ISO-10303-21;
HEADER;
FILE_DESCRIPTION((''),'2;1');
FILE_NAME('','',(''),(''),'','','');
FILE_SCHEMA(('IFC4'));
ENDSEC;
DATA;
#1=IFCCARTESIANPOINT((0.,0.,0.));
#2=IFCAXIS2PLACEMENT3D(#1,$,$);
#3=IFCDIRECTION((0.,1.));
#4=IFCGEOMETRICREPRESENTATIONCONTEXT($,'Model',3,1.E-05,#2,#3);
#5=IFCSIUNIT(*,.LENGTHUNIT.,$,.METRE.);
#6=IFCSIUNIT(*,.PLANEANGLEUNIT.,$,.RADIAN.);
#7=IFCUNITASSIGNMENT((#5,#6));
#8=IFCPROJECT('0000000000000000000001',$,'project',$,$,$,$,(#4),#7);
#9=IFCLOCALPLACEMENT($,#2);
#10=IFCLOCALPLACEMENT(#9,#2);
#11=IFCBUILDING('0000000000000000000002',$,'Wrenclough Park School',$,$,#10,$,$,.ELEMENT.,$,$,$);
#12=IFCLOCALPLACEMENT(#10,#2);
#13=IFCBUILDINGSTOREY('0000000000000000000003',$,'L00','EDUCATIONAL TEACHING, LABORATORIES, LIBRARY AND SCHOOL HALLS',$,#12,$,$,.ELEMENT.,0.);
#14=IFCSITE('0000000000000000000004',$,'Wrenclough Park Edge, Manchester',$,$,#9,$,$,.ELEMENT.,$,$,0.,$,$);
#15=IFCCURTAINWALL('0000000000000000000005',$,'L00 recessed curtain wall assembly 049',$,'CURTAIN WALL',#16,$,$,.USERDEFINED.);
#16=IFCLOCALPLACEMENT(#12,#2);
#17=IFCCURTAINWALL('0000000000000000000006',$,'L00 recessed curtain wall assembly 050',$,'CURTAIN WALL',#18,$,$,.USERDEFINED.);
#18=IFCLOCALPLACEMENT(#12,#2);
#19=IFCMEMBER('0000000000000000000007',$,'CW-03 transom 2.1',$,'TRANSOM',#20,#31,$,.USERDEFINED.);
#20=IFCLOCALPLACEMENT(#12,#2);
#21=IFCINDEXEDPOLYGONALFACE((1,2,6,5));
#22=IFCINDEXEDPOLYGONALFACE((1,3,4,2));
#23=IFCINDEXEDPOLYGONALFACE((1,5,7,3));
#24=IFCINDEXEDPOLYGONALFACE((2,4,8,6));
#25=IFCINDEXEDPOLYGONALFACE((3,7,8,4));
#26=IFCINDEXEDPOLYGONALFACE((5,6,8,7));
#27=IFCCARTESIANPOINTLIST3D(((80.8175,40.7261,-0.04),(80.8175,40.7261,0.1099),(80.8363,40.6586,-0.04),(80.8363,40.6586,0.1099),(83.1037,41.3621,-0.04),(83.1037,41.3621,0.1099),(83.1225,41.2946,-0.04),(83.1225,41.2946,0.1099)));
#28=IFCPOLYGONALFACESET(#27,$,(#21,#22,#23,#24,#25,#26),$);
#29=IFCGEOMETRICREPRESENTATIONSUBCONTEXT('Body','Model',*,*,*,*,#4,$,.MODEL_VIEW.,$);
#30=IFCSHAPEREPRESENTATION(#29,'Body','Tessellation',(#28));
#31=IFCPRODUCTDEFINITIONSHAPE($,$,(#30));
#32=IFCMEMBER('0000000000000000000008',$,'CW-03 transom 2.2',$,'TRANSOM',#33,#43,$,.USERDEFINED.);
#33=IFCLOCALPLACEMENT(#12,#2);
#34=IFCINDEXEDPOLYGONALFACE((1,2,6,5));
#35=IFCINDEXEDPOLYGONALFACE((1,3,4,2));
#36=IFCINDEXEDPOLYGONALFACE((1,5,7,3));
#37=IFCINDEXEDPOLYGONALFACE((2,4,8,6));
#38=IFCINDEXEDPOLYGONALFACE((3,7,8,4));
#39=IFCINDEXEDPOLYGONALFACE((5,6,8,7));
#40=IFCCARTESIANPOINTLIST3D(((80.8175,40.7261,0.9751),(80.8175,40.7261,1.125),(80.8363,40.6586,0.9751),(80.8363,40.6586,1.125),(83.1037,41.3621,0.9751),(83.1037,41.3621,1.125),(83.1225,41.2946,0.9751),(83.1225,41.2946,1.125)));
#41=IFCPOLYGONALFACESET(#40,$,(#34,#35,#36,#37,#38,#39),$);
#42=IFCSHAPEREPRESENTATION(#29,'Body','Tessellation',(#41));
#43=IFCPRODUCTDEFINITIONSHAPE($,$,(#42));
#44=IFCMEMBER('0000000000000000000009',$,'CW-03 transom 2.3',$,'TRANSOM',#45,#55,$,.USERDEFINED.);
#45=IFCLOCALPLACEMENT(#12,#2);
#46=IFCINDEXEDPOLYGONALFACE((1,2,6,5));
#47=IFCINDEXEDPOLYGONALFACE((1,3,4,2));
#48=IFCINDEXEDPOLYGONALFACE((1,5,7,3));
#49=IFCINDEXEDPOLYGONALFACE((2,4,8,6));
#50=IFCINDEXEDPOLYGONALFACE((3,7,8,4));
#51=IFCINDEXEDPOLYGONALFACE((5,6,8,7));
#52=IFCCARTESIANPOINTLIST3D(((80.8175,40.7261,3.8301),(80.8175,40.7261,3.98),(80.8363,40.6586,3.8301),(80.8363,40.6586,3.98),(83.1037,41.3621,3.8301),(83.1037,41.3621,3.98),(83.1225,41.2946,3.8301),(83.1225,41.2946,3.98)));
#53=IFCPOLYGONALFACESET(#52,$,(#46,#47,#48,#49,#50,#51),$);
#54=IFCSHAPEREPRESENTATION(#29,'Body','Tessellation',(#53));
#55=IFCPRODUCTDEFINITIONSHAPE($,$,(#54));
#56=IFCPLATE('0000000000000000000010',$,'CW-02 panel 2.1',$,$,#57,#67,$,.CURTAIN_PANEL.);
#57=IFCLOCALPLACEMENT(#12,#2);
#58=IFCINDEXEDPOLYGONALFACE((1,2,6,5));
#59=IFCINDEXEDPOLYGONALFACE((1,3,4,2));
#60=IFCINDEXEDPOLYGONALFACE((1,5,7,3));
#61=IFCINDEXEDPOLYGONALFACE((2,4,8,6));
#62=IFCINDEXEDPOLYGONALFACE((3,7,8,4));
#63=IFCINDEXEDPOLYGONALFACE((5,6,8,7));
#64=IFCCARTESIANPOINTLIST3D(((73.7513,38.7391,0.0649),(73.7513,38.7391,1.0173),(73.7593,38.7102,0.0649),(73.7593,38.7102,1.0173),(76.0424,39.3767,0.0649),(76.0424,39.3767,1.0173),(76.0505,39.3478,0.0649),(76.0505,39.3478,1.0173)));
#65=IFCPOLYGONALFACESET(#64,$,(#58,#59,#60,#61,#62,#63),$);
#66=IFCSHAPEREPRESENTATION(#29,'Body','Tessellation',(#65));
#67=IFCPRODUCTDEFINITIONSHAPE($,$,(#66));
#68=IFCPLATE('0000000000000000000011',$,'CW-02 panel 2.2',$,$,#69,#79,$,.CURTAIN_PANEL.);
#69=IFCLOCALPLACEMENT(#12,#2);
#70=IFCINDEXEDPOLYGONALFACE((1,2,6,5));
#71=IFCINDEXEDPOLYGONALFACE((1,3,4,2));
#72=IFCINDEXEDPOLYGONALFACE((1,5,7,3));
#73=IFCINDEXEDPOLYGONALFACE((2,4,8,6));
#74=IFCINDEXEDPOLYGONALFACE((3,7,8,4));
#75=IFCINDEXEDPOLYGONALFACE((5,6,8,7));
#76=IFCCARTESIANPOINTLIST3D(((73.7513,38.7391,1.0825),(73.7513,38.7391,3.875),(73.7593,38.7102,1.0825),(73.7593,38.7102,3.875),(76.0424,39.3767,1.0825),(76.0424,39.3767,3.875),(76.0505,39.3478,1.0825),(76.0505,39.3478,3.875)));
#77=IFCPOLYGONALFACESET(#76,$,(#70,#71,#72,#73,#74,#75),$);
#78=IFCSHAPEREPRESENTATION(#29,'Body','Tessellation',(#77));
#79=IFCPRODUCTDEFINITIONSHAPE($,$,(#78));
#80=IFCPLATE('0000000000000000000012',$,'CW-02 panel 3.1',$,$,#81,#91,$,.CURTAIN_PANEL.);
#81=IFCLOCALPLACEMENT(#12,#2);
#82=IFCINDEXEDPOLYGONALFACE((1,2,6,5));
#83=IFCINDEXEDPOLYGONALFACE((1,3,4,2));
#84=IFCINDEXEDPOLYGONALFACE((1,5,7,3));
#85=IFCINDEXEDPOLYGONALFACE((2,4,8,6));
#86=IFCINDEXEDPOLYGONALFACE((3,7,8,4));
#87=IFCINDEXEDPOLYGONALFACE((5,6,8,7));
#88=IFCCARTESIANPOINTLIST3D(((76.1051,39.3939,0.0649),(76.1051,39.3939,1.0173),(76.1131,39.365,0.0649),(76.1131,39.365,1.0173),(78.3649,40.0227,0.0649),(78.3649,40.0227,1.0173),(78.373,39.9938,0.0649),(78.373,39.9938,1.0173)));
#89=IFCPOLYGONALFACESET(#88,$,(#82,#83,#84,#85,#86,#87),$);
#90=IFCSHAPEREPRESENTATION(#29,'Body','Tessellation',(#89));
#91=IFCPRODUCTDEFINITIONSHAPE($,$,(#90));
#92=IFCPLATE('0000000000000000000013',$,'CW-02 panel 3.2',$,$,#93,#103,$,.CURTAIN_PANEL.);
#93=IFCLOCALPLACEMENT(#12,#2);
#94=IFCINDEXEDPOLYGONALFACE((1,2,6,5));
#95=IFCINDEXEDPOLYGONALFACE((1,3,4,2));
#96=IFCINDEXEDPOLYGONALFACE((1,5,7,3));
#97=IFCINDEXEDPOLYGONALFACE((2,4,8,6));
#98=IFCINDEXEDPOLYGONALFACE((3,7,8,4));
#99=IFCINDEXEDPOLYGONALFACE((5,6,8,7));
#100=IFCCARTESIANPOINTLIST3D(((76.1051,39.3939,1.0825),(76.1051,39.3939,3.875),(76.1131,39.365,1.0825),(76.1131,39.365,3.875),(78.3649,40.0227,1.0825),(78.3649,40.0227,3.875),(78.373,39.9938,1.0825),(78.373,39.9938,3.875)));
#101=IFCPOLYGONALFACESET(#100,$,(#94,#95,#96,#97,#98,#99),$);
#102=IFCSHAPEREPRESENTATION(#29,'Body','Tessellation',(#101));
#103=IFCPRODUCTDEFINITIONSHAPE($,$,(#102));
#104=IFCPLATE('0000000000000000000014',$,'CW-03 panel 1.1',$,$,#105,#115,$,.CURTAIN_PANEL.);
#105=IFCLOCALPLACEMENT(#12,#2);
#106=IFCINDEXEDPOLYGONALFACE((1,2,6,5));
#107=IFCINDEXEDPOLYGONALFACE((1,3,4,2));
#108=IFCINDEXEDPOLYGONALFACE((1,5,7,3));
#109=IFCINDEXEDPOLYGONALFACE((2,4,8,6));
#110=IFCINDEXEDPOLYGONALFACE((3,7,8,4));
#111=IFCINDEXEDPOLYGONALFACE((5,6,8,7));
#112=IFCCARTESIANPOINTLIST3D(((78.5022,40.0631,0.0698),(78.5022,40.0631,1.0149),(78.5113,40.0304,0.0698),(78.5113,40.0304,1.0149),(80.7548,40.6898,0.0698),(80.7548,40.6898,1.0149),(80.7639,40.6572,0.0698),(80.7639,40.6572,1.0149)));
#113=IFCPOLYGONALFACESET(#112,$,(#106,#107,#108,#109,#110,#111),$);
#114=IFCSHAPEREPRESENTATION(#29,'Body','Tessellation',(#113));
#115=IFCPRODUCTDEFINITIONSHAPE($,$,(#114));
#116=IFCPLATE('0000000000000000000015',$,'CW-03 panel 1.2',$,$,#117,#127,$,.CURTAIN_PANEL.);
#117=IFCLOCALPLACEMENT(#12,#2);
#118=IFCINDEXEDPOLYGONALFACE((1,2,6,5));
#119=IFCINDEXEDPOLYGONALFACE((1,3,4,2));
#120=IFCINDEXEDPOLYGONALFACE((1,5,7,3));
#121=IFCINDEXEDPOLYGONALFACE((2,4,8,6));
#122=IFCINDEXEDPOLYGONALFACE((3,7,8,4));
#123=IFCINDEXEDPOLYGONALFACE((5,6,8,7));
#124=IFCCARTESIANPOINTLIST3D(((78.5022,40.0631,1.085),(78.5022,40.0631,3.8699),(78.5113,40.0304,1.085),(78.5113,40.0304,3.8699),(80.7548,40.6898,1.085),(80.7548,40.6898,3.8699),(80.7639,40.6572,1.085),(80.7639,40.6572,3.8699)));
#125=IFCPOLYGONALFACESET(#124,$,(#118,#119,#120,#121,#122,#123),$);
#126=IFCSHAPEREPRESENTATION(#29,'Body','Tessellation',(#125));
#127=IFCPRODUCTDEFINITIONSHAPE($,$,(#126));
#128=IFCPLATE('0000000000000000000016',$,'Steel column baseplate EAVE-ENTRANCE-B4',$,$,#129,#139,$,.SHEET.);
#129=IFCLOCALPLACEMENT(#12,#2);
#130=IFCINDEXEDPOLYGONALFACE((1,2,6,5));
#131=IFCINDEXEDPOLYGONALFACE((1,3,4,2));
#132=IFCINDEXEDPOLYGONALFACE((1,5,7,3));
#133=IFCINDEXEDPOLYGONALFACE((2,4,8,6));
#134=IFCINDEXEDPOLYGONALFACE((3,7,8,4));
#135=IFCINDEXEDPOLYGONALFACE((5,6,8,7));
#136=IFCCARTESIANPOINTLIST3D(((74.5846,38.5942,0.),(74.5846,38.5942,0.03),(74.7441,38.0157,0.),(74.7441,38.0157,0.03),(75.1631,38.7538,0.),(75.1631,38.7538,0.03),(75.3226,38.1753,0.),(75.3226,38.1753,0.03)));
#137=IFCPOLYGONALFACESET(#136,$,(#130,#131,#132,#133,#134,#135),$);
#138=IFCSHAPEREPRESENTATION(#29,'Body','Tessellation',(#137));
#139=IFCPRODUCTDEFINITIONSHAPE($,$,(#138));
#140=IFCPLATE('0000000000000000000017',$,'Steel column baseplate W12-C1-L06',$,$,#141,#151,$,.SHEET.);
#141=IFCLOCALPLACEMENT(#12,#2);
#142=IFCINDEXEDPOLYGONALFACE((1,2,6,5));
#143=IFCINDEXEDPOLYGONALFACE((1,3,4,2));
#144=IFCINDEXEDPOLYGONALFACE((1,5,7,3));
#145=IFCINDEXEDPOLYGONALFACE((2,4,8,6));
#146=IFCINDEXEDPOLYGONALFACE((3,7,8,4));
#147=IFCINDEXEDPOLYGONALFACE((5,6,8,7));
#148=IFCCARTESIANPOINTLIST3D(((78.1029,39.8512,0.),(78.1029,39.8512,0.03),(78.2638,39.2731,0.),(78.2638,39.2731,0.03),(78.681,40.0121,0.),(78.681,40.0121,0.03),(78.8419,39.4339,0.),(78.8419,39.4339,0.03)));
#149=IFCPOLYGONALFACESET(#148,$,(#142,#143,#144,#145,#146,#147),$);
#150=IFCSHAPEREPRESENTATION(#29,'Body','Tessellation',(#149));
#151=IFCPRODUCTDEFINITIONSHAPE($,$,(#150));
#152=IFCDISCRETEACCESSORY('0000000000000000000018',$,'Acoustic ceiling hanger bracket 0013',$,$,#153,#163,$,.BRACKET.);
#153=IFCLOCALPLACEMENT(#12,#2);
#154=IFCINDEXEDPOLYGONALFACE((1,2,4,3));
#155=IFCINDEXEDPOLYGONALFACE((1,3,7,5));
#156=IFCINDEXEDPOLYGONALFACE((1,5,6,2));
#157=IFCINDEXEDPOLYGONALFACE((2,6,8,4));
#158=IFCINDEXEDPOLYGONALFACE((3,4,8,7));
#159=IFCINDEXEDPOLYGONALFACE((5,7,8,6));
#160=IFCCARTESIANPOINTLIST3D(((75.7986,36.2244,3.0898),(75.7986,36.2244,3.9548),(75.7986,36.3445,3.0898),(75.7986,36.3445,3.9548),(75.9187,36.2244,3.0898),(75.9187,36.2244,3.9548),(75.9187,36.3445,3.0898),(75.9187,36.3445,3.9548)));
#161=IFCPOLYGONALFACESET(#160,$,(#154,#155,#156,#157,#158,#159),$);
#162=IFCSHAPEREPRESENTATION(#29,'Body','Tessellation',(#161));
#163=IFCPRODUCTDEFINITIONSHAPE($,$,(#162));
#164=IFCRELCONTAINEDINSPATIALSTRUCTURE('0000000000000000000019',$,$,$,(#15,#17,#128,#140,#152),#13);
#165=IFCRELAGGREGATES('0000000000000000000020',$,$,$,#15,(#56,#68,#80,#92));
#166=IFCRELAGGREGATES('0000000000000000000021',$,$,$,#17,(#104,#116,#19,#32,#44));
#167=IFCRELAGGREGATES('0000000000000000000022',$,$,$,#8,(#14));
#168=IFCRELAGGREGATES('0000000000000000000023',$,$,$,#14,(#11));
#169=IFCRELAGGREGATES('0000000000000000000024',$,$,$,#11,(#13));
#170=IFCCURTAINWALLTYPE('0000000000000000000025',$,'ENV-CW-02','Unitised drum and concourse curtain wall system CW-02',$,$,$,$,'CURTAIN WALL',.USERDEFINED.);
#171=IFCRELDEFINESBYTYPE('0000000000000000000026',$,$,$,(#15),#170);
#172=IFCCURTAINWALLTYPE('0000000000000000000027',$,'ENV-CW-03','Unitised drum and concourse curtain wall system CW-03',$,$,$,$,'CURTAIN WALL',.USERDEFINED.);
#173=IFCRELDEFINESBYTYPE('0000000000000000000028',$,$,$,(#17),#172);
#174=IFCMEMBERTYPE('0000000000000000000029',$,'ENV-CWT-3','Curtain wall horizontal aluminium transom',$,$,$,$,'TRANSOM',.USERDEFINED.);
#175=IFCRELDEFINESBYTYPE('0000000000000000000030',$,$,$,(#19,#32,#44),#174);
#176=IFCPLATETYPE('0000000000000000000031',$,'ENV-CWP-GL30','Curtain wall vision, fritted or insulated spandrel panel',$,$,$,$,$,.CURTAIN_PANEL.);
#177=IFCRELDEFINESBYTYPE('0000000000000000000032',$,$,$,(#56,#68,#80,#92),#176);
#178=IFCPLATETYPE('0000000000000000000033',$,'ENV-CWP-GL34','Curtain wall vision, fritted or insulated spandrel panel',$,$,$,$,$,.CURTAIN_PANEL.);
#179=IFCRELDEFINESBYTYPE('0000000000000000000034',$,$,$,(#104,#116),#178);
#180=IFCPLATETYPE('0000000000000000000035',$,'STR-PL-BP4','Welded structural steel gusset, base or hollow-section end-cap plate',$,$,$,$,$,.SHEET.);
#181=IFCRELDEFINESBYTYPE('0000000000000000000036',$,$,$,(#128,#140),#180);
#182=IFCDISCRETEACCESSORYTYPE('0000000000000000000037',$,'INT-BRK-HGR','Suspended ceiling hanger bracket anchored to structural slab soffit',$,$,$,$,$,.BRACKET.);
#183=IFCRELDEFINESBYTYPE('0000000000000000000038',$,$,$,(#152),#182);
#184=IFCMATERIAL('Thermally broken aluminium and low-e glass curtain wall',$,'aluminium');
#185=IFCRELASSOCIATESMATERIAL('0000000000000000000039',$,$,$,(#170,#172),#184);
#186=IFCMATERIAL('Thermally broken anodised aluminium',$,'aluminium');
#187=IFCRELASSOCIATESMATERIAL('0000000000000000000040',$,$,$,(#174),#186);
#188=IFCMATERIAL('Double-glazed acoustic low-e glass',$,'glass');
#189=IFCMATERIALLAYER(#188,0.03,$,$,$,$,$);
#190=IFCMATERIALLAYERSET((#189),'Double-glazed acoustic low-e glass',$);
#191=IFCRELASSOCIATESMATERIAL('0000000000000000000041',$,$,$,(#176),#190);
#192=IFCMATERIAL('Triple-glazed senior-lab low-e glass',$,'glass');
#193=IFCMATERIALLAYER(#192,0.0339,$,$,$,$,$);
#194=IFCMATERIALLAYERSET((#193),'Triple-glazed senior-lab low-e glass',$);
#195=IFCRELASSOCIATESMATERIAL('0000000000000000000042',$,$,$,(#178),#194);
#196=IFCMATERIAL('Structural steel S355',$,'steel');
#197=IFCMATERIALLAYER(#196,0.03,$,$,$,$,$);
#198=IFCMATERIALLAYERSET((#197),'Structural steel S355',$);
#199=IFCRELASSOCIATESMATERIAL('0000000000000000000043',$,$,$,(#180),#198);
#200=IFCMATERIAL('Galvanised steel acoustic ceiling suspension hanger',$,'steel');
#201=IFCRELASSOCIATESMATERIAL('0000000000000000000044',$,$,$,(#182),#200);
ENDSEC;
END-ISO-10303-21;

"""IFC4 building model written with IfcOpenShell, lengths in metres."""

from ifc_helpers import new_model, si_unit, direction, frame, origin, origin_2d, place, context, subcontext, project, spatial, rectangle, extrude, material, layer, layer_set, material_profile, profile_set, type_object, element, aggregate, save


model = new_model("IFC4")

# Units and contexts
model_context = context("Model", 3, precision=1e-05, world=origin(), true_north=direction((0.0, 1.0)))
body_context = subcontext(model_context, "Body", "Model", "MODEL_VIEW")
ifc_project = project(units=[si_unit("LENGTHUNIT", "METRE"), si_unit("PLANEANGLEUNIT", "RADIAN")], contexts=[model_context])

# Site, building, storey
site_placement = place(None, origin())
site = spatial("IfcSite", under=ifc_project, at=site_placement, Name="Wrenclough Park Edge, Manchester", CompositionType="ELEMENT", RefElevation=0.0)
building_placement = place(site_placement, origin())
building = spatial("IfcBuilding", under=site, at=building_placement, Name="Wrenclough Park School", CompositionType="ELEMENT")
storey_placement = place(building_placement, origin())
storey = spatial("IfcBuildingStorey", under=building, at=storey_placement, Name="L00", Description="EDUCATIONAL TEACHING, LABORATORIES, LIBRARY AND SCHOOL HALLS", CompositionType="ELEMENT", Elevation=0.0)

# Shared definitions
ifc_material_1 = material(Name="Structural steel S355", Category="steel")

# Curtain walls
ifc_material_2 = material(Name="Thermally broken aluminium and low-e glass curtain wall", Category="aluminium")
curtain_wall_type_1 = type_object("IfcCurtainWallType", Name="ENV-CW-02", Description="Unitised drum and concourse curtain wall system CW-02", ElementType="CURTAIN WALL", PredefinedType="USERDEFINED", material=ifc_material_2)
curtain_wall_1_placement = place(storey_placement, origin())
curtain_wall_1 = element("IfcCurtainWall", 1, at=curtain_wall_1_placement, inside=storey, type_object=curtain_wall_type_1, Name="L00 recessed curtain wall assembly 049", ObjectType="CURTAIN WALL", PredefinedType="USERDEFINED")
ifc_material_3 = material(Name="Thermally broken anodised aluminium", Category="aluminium")
curtain_wall_type_2 = type_object("IfcCurtainWallType", Name="ENV-CW-03", Description="Unitised drum and concourse curtain wall system CW-03", ElementType="CURTAIN WALL", PredefinedType="USERDEFINED", material=ifc_material_2)
curtain_wall_2_placement = place(storey_placement, origin())
curtain_wall_2 = element("IfcCurtainWall", 2, at=curtain_wall_2_placement, inside=storey, type_object=curtain_wall_type_2, Name="L00 recessed curtain wall assembly 050", ObjectType="CURTAIN WALL", PredefinedType="USERDEFINED")

# Members
ifc_material_profile_1 = material_profile(ifc_material_3, rectangle(XDim=0.0701, YDim=0.1499, at=origin_2d()), Name="AL TRANSOM 70x150")
ifc_profile_set_1 = profile_set([ifc_material_profile_1], Name="Thermally broken anodised aluminium")
member_type_1 = type_object("IfcMemberType", Name="ENV-CWT-3", Description="Curtain wall horizontal aluminium transom", ElementType="TRANSOM", PredefinedType="USERDEFINED", material=ifc_profile_set_1)
member_1_placement = place(storey_placement, frame((80.8269, 40.6924, 0.0349), z_axis=(0.963415, 0.268015, 0.0), x_axis=(-0.268015, 0.963415, 0.0)))
member_1 = element("IfcMember", 3, at=member_1_placement, type_object=member_type_1, Name="CW-03 transom 2.1", ObjectType="TRANSOM", PredefinedType="USERDEFINED", context=body_context, shape_type="SweptSolid", body=[
    extrude(rectangle(XDim=0.0701, YDim=0.1499, at=origin_2d()), origin(), (0.0, 0.0, 1.0), 2.373),
])
member_2_placement = place(storey_placement, frame((80.8269, 40.6924, 1.05), z_axis=(0.963415, 0.268015, 0.0), x_axis=(-0.268015, 0.963415, 0.0)))
member_2 = element("IfcMember", 4, at=member_2_placement, type_object=member_type_1, Name="CW-03 transom 2.2", ObjectType="TRANSOM", PredefinedType="USERDEFINED", context=body_context, shape_type="SweptSolid", body=[
    extrude(rectangle(XDim=0.0701, YDim=0.1499, at=origin_2d()), origin(), (0.0, 0.0, 1.0), 2.373),
])
member_3_placement = place(storey_placement, frame((80.8269, 40.6924, 3.905), z_axis=(0.963415, 0.268015, 0.0), x_axis=(-0.268015, 0.963415, 0.0)))
member_3 = element("IfcMember", 5, at=member_3_placement, type_object=member_type_1, Name="CW-03 transom 2.3", ObjectType="TRANSOM", PredefinedType="USERDEFINED", context=body_context, shape_type="SweptSolid", body=[
    extrude(rectangle(XDim=0.0701, YDim=0.1499, at=origin_2d()), origin(), (0.0, 0.0, 1.0), 2.373),
])

# Plates
ifc_material_4 = material(Name="Double-glazed acoustic low-e glass", Category="glass")
ifc_layer_1 = layer(ifc_material_4, 0.03)
ifc_layer_set_1 = layer_set([ifc_layer_1], Name="Double-glazed acoustic low-e glass")
plate_type_1 = type_object("IfcPlateType", Name="ENV-CWP-GL30", Description="Curtain wall vision, fritted or insulated spandrel panel", PredefinedType="CURTAIN_PANEL", material=ifc_layer_set_1)
plate_1_placement = place(storey_placement, frame((74.9009, 39.0435, 0.0649), z_axis=(0.0, 0.0, 1.0), x_axis=(0.963396, 0.268082, 0.0)))
plate_1 = element("IfcPlate", 6, at=plate_1_placement, type_object=plate_type_1, Name="CW-02 panel 2.1", PredefinedType="CURTAIN_PANEL", context=body_context, shape_type="SweptSolid", body=[
    extrude(rectangle(XDim=2.3782, YDim=0.03, at=origin_2d()), origin(), (0.0, 0.0, 1.0), 0.9524),
])
plate_2_placement = place(storey_placement, frame((74.9009, 39.0435, 1.0825), z_axis=(0.0, 0.0, 1.0), x_axis=(0.963396, 0.268082, 0.0)))
plate_2 = element("IfcPlate", 7, at=plate_2_placement, type_object=plate_type_1, Name="CW-02 panel 2.2", PredefinedType="CURTAIN_PANEL", context=body_context, shape_type="SweptSolid", body=[
    extrude(rectangle(XDim=2.3782, YDim=0.03, at=origin_2d()), origin(), (0.0, 0.0, 1.0), 2.7925),
])
plate_3_placement = place(storey_placement, frame((77.239, 39.6938, 0.0649), z_axis=(0.0, 0.0, 1.0), x_axis=(0.963396, 0.268082, 0.0)))
plate_3 = element("IfcPlate", 8, at=plate_3_placement, type_object=plate_type_1, Name="CW-02 panel 3.1", PredefinedType="CURTAIN_PANEL", context=body_context, shape_type="SweptSolid", body=[
    extrude(rectangle(XDim=2.3457, YDim=0.03, at=origin_2d()), origin(), (0.0, 0.0, 1.0), 0.9524),
])
plate_4_placement = place(storey_placement, frame((77.239, 39.6938, 1.0825), z_axis=(0.0, 0.0, 1.0), x_axis=(0.963396, 0.268082, 0.0)))
plate_4 = element("IfcPlate", 9, at=plate_4_placement, type_object=plate_type_1, Name="CW-02 panel 3.2", PredefinedType="CURTAIN_PANEL", context=body_context, shape_type="SweptSolid", body=[
    extrude(rectangle(XDim=2.3457, YDim=0.03, at=origin_2d()), origin(), (0.0, 0.0, 1.0), 2.7925),
])
aggregate(curtain_wall_1, [plate_1, plate_2, plate_3, plate_4])
ifc_material_5 = material(Name="Triple-glazed senior-lab low-e glass", Category="glass")
ifc_layer_2 = layer(ifc_material_5, 0.0339)
ifc_layer_set_2 = layer_set([ifc_layer_2], Name="Triple-glazed senior-lab low-e glass")
plate_type_2 = type_object("IfcPlateType", Name="ENV-CWP-GL34", Description="Curtain wall vision, fritted or insulated spandrel panel", PredefinedType="CURTAIN_PANEL", material=ifc_layer_set_2)
plate_5_placement = place(storey_placement, frame((79.6331, 40.3601, 0.0698), z_axis=(0.0, 0.0, 1.0), x_axis=(0.963399, 0.268072, 0.0)))
plate_5 = element("IfcPlate", 10, at=plate_5_placement, type_object=plate_type_2, Name="CW-03 panel 1.1", PredefinedType="CURTAIN_PANEL", context=body_context, shape_type="SweptSolid", body=[
    extrude(rectangle(XDim=2.3381, YDim=0.0339, at=origin_2d()), origin(), (0.0, 0.0, 1.0), 0.9451),
])
plate_6_placement = place(storey_placement, frame((79.6331, 40.3601, 1.085), z_axis=(0.0, 0.0, 1.0), x_axis=(0.963399, 0.268072, 0.0)))
plate_6 = element("IfcPlate", 11, at=plate_6_placement, type_object=plate_type_2, Name="CW-03 panel 1.2", PredefinedType="CURTAIN_PANEL", context=body_context, shape_type="SweptSolid", body=[
    extrude(rectangle(XDim=2.3381, YDim=0.0339, at=origin_2d()), origin(), (0.0, 0.0, 1.0), 2.7849),
])
aggregate(curtain_wall_2, [plate_5, plate_6, member_1, member_2, member_3])

# Plates
ifc_layer_3 = layer(ifc_material_1, 0.03)
ifc_layer_set_3 = layer_set([ifc_layer_3], Name="Structural steel S355")
plate_type_3 = type_object("IfcPlateType", Name="STR-PL-BP4", Description="Welded structural steel gusset, base or hollow-section end-cap plate", PredefinedType="SHEET", material=ifc_layer_set_3)
for number, where, z_axis, x_axis, name in (
    (12, (74.9536, 38.3848, 0.0), (0.0, 0.0, 1.0), (0.964003, 0.265893, 0.0), "Steel column baseplate EAVE-ENTRANCE-B4"),
    (13, (78.4724, 39.6426, 0.0), (0.0, 0.0, 1.0), (0.963397, 0.268079, 0.0), "Steel column baseplate W12-C1-L06"),
):
    element("IfcPlate", number, at=place(storey_placement, frame(where, z_axis=z_axis, x_axis=x_axis)), inside=storey, type_object=plate_type_3, Name=name, PredefinedType="SHEET", context=body_context, shape_type="SweptSolid", body=[
        extrude(rectangle(XDim=0.6001, YDim=0.6001, at=origin_2d()), origin(), (0.0, 0.0, 1.0), 0.03),
    ])

# Discrete accessory
ifc_material_6 = material(Name="Galvanised steel acoustic ceiling suspension hanger", Category="steel")
discrete_accessory_type = type_object("IfcDiscreteAccessoryType", Name="INT-BRK-HGR", Description="Suspended ceiling hanger bracket anchored to structural slab soffit", PredefinedType="BRACKET", material=ifc_material_6)
discrete_accessory_placement = place(storey_placement, frame((75.8586, 36.2844, 3.0898), z_axis=(0.0, 0.0, 1.0), x_axis=(1.0, 0.0, 0.0)))
element("IfcDiscreteAccessory", 14, at=discrete_accessory_placement, inside=storey, type_object=discrete_accessory_type, Name="Acoustic ceiling hanger bracket 0013", PredefinedType="BRACKET", context=body_context, shape_type="SweptSolid", body=[
    extrude(rectangle(XDim=0.1201, YDim=0.1201, at=origin_2d()), origin(), (0.0, 0.0, 1.0), 0.865),
])

save(model, "model.ifc")
